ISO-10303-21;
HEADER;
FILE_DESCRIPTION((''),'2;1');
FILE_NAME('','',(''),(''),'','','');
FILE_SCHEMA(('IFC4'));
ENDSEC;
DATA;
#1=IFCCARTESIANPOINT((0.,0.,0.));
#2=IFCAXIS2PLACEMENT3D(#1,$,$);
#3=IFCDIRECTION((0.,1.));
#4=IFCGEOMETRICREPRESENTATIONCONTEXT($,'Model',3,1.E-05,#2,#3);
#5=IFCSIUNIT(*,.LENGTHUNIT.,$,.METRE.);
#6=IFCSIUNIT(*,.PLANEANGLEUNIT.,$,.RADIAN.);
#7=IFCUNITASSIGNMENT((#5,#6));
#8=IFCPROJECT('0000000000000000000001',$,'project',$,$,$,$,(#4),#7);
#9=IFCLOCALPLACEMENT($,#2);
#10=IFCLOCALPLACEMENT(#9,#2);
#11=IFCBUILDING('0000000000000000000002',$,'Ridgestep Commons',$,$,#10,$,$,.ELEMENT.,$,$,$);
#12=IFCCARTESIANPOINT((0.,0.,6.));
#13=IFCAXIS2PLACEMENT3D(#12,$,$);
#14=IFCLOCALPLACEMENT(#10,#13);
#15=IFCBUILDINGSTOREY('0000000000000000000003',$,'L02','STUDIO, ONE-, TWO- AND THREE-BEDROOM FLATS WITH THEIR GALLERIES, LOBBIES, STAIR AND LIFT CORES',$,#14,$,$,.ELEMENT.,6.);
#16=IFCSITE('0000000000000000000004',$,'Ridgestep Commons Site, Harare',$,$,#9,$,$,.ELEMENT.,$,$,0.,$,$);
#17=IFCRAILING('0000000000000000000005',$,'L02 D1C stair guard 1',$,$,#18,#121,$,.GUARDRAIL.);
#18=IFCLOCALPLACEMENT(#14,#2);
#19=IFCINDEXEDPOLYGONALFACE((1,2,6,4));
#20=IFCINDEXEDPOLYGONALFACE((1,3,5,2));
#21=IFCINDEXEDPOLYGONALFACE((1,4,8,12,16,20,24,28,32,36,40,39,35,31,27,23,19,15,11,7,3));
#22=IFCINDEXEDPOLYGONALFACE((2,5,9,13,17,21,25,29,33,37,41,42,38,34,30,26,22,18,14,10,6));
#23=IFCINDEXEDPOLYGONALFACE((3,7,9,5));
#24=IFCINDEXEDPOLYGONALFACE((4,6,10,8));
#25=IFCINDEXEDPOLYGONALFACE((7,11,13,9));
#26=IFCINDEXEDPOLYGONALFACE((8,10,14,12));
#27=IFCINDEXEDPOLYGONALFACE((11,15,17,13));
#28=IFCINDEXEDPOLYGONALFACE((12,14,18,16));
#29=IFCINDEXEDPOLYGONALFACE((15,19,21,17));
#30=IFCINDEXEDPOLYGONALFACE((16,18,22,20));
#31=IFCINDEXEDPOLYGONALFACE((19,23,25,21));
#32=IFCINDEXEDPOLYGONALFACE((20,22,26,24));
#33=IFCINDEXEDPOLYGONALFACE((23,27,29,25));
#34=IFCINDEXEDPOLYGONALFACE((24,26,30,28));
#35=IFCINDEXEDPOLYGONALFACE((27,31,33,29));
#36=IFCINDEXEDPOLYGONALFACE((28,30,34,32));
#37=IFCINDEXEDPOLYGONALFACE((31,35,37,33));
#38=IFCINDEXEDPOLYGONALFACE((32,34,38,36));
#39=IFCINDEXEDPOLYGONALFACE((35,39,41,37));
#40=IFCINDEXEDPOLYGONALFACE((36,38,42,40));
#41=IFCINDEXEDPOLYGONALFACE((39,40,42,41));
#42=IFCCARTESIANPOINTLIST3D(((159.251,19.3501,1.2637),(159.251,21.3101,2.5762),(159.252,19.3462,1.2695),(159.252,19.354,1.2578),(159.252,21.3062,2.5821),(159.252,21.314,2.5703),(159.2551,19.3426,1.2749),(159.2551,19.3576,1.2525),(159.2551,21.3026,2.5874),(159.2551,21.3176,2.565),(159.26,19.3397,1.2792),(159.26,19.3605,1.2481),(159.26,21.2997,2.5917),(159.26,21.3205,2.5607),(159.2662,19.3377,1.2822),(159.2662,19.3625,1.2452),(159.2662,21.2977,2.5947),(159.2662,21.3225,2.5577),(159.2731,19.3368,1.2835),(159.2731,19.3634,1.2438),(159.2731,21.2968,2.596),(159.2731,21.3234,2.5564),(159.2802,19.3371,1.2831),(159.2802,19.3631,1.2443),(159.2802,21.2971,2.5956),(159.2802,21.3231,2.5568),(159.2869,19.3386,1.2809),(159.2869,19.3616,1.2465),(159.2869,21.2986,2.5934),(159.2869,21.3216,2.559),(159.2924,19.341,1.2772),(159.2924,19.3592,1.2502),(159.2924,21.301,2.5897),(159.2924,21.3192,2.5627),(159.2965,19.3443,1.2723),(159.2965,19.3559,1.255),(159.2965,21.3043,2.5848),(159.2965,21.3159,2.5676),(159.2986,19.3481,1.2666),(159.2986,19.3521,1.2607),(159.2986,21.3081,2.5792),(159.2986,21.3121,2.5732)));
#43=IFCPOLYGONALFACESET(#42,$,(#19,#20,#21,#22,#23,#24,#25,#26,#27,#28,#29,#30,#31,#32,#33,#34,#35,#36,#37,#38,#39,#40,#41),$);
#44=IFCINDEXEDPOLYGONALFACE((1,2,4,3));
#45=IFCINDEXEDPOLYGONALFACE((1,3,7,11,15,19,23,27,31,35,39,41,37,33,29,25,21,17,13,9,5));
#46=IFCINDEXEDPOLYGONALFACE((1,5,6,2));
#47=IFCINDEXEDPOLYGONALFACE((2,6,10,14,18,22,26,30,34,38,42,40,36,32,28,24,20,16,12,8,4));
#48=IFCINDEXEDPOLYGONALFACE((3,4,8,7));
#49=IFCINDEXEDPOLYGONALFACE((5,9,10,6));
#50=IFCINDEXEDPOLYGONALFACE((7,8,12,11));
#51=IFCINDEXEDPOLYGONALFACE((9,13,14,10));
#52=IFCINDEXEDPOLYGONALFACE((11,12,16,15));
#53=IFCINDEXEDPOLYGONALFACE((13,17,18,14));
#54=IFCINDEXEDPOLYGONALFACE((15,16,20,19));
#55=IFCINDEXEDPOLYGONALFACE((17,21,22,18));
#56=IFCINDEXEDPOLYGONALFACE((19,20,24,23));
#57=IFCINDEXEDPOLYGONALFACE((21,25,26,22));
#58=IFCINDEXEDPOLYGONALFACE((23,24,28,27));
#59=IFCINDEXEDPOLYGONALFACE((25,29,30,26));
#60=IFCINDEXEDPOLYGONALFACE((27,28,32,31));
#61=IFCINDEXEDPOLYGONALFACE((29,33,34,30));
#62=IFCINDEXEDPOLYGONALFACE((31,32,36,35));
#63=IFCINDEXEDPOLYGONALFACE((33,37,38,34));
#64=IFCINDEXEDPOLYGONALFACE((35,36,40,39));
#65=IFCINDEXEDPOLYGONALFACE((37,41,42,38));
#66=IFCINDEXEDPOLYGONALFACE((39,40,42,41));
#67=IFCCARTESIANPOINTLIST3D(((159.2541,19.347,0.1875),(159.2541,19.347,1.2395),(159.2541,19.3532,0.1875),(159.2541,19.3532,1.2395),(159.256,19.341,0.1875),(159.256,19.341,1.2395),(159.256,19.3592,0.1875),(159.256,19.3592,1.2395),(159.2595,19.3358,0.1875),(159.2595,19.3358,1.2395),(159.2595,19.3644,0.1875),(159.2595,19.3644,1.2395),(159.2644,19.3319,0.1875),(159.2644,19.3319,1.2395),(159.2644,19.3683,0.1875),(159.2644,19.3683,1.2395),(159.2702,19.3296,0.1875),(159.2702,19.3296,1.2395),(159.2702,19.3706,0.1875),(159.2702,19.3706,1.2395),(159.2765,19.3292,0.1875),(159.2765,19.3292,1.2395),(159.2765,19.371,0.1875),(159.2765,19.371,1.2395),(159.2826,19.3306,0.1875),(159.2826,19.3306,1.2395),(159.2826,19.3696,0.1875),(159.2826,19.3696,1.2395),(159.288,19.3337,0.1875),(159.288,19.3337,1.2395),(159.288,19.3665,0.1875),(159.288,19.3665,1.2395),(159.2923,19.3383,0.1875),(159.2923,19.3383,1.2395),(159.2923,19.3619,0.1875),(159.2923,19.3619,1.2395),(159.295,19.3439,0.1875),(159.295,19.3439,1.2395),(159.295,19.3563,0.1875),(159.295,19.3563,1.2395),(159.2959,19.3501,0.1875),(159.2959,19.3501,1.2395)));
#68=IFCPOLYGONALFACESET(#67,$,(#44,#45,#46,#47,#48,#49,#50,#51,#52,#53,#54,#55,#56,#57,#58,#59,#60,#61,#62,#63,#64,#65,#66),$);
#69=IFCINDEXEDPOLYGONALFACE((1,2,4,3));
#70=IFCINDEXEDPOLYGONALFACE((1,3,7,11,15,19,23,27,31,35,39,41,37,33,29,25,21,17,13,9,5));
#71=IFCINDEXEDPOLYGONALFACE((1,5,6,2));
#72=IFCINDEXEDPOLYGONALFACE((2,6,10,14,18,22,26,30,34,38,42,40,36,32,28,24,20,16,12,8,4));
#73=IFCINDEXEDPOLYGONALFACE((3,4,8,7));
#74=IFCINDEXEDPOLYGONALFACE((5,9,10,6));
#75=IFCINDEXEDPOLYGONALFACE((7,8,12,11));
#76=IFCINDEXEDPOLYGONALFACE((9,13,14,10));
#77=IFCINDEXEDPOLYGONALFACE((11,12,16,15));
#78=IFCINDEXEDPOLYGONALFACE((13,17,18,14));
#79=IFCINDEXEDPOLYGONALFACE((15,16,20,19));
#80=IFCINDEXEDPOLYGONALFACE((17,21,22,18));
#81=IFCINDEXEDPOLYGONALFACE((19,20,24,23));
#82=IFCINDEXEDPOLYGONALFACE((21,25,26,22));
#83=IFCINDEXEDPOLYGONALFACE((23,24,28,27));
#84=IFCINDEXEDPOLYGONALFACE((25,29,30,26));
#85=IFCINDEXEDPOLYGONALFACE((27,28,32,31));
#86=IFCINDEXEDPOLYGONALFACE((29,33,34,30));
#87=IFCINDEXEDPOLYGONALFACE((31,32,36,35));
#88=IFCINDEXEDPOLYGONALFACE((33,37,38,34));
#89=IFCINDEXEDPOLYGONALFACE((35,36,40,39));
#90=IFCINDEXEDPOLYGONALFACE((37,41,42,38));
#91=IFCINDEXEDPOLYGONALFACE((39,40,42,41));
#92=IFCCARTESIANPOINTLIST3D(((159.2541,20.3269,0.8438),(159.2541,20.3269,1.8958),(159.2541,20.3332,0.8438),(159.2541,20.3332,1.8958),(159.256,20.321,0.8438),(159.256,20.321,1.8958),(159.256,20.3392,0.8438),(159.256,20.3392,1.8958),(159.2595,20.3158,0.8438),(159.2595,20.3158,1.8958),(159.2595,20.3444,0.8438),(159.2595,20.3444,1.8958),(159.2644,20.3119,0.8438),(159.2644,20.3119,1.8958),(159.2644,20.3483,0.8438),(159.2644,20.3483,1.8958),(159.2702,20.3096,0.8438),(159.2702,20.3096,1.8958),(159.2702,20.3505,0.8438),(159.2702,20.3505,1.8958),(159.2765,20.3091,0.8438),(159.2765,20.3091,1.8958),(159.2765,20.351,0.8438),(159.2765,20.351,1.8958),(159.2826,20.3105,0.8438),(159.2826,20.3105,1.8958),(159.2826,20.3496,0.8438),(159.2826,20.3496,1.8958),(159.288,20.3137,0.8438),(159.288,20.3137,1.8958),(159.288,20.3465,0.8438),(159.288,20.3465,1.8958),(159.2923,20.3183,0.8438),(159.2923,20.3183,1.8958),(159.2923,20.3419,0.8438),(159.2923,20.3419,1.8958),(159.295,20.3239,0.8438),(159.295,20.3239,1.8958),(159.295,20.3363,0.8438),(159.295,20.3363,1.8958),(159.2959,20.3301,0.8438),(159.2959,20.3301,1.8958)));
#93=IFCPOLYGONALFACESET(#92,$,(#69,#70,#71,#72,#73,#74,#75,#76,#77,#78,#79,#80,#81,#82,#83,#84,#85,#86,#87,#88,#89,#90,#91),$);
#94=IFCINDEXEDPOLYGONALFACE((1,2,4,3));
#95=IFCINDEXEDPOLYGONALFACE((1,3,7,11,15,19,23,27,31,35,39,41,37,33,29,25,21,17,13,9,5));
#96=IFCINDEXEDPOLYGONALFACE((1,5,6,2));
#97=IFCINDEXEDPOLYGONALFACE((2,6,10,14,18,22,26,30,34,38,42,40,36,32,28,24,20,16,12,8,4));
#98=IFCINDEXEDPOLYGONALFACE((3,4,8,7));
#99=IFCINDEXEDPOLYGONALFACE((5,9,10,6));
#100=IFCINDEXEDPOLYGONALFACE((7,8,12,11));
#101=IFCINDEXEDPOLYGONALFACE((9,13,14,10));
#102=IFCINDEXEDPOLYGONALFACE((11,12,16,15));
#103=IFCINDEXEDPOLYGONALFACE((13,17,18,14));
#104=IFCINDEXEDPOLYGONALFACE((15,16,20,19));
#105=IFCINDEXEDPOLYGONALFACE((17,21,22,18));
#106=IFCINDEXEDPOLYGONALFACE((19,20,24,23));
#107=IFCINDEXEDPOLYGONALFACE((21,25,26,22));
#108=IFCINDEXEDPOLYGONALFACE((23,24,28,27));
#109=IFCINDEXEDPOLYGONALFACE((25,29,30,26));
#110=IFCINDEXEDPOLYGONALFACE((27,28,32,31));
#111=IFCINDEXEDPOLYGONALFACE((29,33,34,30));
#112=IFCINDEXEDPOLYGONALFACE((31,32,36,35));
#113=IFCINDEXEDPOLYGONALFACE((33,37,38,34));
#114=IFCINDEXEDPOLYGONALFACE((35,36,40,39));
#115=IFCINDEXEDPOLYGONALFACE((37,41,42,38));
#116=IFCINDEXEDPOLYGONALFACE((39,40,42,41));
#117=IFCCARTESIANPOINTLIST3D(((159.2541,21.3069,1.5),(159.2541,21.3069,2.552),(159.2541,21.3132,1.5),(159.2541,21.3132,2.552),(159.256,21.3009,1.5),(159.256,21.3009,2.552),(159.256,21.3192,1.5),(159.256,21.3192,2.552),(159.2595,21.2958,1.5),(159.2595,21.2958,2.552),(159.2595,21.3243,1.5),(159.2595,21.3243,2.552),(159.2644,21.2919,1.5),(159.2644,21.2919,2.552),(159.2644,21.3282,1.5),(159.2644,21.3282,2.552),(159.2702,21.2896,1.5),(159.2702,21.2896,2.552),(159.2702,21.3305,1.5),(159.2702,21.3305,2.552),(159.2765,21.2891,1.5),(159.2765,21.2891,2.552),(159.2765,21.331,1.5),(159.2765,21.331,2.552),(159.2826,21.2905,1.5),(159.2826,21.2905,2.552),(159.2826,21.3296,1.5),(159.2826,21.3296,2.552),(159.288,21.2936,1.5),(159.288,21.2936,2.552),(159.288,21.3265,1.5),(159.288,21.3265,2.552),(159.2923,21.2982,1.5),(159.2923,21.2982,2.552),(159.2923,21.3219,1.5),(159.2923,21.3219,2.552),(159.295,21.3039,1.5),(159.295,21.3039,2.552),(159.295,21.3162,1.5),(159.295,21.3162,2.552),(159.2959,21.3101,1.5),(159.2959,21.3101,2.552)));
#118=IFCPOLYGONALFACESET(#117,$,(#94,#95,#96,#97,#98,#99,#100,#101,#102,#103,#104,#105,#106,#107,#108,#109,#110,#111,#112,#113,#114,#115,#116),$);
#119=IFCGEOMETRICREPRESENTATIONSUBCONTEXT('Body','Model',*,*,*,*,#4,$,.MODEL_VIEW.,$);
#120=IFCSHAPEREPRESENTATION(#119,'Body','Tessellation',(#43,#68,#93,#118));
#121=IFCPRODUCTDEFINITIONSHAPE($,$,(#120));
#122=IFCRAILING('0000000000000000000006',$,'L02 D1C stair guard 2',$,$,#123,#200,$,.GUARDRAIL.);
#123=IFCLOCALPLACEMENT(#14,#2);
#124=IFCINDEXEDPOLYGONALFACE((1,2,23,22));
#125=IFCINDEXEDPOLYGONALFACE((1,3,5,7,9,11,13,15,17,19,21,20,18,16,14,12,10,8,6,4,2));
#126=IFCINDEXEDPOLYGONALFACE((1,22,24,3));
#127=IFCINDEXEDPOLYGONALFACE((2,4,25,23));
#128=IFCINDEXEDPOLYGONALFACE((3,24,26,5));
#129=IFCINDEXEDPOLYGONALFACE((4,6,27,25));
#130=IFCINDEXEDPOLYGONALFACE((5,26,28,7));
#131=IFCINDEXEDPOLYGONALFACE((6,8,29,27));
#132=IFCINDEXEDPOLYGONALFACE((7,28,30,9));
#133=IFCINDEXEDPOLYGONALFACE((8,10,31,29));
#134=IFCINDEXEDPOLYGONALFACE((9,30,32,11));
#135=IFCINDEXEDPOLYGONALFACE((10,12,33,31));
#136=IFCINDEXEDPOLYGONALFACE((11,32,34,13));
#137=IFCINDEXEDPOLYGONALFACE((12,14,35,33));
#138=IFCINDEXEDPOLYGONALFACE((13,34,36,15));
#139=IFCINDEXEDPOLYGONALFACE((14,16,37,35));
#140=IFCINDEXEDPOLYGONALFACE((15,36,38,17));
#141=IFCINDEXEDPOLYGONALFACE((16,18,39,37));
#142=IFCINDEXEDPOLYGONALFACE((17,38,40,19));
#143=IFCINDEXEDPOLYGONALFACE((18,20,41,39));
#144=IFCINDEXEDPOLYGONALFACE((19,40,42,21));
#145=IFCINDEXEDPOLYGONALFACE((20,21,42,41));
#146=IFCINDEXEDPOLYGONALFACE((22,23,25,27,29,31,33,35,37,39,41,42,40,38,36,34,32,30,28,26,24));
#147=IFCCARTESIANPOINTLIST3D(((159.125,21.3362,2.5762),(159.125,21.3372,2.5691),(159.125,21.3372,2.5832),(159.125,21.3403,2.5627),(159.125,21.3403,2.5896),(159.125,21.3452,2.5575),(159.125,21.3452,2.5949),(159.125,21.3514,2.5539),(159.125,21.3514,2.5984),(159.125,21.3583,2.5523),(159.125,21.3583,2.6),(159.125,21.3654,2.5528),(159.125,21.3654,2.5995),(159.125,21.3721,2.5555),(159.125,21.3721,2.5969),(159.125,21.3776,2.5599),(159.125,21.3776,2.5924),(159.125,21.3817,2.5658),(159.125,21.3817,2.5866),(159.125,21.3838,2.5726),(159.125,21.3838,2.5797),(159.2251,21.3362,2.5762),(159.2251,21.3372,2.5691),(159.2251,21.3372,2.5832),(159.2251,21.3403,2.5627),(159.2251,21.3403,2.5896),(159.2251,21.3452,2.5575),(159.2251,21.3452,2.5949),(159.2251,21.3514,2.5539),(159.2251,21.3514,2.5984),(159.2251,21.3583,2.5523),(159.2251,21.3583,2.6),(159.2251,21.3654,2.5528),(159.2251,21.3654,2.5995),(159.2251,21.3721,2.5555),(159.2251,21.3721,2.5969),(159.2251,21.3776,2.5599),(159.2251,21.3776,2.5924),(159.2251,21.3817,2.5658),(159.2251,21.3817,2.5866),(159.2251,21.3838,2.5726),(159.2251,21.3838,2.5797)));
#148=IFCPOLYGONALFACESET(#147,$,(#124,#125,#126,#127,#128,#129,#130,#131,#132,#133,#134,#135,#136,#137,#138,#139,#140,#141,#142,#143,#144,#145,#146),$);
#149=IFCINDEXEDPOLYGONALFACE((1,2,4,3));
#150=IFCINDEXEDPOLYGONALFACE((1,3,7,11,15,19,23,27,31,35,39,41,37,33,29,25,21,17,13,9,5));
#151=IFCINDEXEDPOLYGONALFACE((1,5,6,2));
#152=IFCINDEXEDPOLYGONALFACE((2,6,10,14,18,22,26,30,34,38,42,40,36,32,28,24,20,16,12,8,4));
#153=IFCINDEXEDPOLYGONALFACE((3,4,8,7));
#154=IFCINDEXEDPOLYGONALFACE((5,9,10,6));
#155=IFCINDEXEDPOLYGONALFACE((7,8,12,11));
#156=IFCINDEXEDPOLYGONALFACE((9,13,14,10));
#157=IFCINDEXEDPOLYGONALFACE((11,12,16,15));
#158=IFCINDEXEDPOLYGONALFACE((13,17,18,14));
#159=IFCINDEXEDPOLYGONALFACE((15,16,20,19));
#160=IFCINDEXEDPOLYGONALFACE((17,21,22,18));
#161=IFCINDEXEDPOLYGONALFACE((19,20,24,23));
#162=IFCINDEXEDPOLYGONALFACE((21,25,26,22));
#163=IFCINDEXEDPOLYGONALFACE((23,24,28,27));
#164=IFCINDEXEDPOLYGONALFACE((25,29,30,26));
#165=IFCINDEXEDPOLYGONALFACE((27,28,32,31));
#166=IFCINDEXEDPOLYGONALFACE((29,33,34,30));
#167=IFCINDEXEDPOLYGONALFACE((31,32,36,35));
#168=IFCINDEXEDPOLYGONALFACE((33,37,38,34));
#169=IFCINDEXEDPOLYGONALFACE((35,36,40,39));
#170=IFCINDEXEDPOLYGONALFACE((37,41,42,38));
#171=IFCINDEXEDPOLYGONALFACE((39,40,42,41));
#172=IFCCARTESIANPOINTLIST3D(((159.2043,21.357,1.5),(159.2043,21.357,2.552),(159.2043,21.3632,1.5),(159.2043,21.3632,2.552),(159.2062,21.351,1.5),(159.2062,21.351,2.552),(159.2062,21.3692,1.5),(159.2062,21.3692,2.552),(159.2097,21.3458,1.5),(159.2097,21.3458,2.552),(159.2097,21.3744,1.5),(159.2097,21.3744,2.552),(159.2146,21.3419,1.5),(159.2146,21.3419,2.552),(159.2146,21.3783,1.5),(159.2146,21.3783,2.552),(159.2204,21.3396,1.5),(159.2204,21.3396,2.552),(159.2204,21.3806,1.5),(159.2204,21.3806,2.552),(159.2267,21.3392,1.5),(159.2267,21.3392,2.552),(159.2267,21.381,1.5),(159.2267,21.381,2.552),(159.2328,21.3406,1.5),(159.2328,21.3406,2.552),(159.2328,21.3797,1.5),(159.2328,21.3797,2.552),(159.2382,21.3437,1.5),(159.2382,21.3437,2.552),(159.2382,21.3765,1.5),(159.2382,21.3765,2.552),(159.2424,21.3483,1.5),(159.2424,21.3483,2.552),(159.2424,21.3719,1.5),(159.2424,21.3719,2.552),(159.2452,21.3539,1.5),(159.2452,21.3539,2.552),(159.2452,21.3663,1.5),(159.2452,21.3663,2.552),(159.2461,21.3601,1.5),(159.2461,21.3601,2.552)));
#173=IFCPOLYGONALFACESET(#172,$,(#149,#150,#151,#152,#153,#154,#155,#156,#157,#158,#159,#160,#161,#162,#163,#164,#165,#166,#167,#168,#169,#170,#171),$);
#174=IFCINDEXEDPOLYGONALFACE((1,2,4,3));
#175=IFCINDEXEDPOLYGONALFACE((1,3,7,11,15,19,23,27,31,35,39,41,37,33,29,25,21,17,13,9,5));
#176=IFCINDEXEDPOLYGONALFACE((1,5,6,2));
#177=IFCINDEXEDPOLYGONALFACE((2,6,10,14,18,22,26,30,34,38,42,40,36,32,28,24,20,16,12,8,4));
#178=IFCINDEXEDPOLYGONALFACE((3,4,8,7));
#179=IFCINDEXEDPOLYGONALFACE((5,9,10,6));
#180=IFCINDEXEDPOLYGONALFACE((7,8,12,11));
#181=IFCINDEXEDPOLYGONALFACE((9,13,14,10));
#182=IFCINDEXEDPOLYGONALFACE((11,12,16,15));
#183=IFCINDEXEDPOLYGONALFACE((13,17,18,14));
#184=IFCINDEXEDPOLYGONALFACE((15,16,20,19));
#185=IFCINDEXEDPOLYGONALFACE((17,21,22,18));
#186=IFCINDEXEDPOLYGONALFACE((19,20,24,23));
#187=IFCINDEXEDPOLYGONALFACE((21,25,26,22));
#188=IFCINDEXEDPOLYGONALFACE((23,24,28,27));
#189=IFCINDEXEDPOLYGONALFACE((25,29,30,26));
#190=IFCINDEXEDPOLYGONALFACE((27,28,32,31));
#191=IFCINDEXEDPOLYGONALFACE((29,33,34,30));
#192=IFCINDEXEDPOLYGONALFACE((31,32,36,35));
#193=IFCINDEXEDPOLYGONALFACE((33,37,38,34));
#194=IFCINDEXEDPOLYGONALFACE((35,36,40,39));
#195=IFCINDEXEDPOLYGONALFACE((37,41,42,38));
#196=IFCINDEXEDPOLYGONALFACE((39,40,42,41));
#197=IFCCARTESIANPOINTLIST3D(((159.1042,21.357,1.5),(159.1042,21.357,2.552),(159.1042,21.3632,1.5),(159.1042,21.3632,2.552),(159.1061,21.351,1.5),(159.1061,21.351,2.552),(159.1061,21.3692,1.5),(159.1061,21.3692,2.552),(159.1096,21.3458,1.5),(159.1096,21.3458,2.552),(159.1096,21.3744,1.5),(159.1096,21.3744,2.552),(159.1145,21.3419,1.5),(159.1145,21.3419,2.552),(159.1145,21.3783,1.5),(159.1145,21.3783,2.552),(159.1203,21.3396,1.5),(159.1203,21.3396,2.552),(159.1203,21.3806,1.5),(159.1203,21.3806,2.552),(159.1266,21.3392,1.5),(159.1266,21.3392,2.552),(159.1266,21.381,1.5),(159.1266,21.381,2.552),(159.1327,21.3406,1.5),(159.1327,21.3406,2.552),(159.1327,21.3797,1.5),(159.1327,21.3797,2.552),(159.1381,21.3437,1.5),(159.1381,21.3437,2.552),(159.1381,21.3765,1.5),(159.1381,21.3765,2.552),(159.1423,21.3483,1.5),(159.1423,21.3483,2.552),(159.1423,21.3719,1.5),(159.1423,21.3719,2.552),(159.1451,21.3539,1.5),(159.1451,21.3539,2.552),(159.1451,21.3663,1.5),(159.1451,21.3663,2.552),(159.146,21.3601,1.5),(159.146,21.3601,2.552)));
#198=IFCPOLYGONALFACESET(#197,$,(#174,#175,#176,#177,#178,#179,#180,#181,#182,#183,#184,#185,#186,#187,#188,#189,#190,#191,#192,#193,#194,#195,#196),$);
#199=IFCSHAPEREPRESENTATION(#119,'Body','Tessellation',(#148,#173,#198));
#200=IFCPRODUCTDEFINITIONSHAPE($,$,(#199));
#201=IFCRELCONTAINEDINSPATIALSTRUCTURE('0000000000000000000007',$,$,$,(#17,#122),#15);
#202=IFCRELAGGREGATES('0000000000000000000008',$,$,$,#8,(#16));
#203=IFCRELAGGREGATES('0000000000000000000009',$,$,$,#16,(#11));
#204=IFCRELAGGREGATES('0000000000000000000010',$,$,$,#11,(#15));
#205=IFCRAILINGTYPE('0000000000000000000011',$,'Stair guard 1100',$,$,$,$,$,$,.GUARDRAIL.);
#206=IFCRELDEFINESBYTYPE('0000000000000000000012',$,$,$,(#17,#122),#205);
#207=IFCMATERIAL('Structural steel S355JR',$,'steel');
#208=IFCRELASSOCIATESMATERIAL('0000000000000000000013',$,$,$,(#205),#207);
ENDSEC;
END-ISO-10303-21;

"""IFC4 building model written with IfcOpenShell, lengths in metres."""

from ifc_helpers import new_model, si_unit, direction, frame, origin, origin_2d, place, context, subcontext, project, spatial, circle, extrude, material, type_object, element, save


model = new_model("IFC4")

# Units and contexts
model_context = context("Model", 3, precision=1e-05, world=origin(), true_north=direction((0.0, 1.0)))
body_context = subcontext(model_context, "Body", "Model", "MODEL_VIEW")
ifc_project = project(units=[si_unit("LENGTHUNIT", "METRE"), si_unit("PLANEANGLEUNIT", "RADIAN")], contexts=[model_context])

# Site, building, storey
site_placement = place(None, origin())
site = spatial("IfcSite", under=ifc_project, at=site_placement, Name="Ridgestep Commons Site, Harare", CompositionType="ELEMENT", RefElevation=0.0)
building_placement = place(site_placement, origin())
building = spatial("IfcBuilding", under=site, at=building_placement, Name="Ridgestep Commons", CompositionType="ELEMENT")
storey_placement = place(building_placement, frame((0.0, 0.0, 6.0)))
storey = spatial("IfcBuildingStorey", under=building, at=storey_placement, Name="L02", Description="STUDIO, ONE-, TWO- AND THREE-BEDROOM FLATS WITH THEIR GALLERIES, LOBBIES, STAIR AND LIFT CORES", CompositionType="ELEMENT", Elevation=6.0)

# Railings
ifc_material_1 = material(Name="Structural steel S355JR", Category="steel")
railing_type_1 = type_object("IfcRailingType", Name="Stair guard 1100", PredefinedType="GUARDRAIL", material=ifc_material_1)
railing_1_placement = place(storey_placement, frame((159.2749, 19.3501, 0.1875)))
element("IfcRailing", 1, at=railing_1_placement, inside=storey, type_object=railing_type_1, Name="L02 D1C stair guard 1", PredefinedType="GUARDRAIL", context=body_context, shape_type="SweptSolid", body=[
    extrude(circle(Radius=0.0239, at=origin_2d()), frame((0.0, 0.0, 1.0762), z_axis=(0.0, 0.830902, 0.556419), x_axis=(-1.0, 0.0, 0.0)), (0.0, 0.0, 1.0), 2.3589),
    extrude(circle(Radius=0.021, at=origin_2d()), origin(), (0.0, 0.0, 1.0), 1.052),
    extrude(circle(Radius=0.021, at=origin_2d()), frame((0.0, 0.98, 0.6562)), (0.0, 0.0, 1.0), 1.052),
    extrude(circle(Radius=0.021, at=origin_2d()), frame((0.0, 1.96, 1.3125)), (0.0, 0.0, 1.0), 1.052),
])
railing_2_placement = place(storey_placement, frame((159.2251, 21.3601, 1.5)))
element("IfcRailing", 2, at=railing_2_placement, inside=storey, type_object=railing_type_1, Name="L02 D1C stair guard 2", PredefinedType="GUARDRAIL", context=body_context, shape_type="SweptSolid", body=[
    extrude(circle(Radius=0.0239, at=origin_2d()), frame((0.0, 0.0, 1.0762), z_axis=(-1.0, 0.0, 0.0), x_axis=(0.0, -1.0, 0.0)), (0.0, 0.0, 1.0), 0.1001),
    extrude(circle(Radius=0.021, at=origin_2d()), origin(), (0.0, 0.0, 1.0), 1.052),
    extrude(circle(Radius=0.021, at=origin_2d()), frame((-0.1001, 0.0, 0.0)), (0.0, 0.0, 1.0), 1.052),
])

save(model, "model.ifc")
